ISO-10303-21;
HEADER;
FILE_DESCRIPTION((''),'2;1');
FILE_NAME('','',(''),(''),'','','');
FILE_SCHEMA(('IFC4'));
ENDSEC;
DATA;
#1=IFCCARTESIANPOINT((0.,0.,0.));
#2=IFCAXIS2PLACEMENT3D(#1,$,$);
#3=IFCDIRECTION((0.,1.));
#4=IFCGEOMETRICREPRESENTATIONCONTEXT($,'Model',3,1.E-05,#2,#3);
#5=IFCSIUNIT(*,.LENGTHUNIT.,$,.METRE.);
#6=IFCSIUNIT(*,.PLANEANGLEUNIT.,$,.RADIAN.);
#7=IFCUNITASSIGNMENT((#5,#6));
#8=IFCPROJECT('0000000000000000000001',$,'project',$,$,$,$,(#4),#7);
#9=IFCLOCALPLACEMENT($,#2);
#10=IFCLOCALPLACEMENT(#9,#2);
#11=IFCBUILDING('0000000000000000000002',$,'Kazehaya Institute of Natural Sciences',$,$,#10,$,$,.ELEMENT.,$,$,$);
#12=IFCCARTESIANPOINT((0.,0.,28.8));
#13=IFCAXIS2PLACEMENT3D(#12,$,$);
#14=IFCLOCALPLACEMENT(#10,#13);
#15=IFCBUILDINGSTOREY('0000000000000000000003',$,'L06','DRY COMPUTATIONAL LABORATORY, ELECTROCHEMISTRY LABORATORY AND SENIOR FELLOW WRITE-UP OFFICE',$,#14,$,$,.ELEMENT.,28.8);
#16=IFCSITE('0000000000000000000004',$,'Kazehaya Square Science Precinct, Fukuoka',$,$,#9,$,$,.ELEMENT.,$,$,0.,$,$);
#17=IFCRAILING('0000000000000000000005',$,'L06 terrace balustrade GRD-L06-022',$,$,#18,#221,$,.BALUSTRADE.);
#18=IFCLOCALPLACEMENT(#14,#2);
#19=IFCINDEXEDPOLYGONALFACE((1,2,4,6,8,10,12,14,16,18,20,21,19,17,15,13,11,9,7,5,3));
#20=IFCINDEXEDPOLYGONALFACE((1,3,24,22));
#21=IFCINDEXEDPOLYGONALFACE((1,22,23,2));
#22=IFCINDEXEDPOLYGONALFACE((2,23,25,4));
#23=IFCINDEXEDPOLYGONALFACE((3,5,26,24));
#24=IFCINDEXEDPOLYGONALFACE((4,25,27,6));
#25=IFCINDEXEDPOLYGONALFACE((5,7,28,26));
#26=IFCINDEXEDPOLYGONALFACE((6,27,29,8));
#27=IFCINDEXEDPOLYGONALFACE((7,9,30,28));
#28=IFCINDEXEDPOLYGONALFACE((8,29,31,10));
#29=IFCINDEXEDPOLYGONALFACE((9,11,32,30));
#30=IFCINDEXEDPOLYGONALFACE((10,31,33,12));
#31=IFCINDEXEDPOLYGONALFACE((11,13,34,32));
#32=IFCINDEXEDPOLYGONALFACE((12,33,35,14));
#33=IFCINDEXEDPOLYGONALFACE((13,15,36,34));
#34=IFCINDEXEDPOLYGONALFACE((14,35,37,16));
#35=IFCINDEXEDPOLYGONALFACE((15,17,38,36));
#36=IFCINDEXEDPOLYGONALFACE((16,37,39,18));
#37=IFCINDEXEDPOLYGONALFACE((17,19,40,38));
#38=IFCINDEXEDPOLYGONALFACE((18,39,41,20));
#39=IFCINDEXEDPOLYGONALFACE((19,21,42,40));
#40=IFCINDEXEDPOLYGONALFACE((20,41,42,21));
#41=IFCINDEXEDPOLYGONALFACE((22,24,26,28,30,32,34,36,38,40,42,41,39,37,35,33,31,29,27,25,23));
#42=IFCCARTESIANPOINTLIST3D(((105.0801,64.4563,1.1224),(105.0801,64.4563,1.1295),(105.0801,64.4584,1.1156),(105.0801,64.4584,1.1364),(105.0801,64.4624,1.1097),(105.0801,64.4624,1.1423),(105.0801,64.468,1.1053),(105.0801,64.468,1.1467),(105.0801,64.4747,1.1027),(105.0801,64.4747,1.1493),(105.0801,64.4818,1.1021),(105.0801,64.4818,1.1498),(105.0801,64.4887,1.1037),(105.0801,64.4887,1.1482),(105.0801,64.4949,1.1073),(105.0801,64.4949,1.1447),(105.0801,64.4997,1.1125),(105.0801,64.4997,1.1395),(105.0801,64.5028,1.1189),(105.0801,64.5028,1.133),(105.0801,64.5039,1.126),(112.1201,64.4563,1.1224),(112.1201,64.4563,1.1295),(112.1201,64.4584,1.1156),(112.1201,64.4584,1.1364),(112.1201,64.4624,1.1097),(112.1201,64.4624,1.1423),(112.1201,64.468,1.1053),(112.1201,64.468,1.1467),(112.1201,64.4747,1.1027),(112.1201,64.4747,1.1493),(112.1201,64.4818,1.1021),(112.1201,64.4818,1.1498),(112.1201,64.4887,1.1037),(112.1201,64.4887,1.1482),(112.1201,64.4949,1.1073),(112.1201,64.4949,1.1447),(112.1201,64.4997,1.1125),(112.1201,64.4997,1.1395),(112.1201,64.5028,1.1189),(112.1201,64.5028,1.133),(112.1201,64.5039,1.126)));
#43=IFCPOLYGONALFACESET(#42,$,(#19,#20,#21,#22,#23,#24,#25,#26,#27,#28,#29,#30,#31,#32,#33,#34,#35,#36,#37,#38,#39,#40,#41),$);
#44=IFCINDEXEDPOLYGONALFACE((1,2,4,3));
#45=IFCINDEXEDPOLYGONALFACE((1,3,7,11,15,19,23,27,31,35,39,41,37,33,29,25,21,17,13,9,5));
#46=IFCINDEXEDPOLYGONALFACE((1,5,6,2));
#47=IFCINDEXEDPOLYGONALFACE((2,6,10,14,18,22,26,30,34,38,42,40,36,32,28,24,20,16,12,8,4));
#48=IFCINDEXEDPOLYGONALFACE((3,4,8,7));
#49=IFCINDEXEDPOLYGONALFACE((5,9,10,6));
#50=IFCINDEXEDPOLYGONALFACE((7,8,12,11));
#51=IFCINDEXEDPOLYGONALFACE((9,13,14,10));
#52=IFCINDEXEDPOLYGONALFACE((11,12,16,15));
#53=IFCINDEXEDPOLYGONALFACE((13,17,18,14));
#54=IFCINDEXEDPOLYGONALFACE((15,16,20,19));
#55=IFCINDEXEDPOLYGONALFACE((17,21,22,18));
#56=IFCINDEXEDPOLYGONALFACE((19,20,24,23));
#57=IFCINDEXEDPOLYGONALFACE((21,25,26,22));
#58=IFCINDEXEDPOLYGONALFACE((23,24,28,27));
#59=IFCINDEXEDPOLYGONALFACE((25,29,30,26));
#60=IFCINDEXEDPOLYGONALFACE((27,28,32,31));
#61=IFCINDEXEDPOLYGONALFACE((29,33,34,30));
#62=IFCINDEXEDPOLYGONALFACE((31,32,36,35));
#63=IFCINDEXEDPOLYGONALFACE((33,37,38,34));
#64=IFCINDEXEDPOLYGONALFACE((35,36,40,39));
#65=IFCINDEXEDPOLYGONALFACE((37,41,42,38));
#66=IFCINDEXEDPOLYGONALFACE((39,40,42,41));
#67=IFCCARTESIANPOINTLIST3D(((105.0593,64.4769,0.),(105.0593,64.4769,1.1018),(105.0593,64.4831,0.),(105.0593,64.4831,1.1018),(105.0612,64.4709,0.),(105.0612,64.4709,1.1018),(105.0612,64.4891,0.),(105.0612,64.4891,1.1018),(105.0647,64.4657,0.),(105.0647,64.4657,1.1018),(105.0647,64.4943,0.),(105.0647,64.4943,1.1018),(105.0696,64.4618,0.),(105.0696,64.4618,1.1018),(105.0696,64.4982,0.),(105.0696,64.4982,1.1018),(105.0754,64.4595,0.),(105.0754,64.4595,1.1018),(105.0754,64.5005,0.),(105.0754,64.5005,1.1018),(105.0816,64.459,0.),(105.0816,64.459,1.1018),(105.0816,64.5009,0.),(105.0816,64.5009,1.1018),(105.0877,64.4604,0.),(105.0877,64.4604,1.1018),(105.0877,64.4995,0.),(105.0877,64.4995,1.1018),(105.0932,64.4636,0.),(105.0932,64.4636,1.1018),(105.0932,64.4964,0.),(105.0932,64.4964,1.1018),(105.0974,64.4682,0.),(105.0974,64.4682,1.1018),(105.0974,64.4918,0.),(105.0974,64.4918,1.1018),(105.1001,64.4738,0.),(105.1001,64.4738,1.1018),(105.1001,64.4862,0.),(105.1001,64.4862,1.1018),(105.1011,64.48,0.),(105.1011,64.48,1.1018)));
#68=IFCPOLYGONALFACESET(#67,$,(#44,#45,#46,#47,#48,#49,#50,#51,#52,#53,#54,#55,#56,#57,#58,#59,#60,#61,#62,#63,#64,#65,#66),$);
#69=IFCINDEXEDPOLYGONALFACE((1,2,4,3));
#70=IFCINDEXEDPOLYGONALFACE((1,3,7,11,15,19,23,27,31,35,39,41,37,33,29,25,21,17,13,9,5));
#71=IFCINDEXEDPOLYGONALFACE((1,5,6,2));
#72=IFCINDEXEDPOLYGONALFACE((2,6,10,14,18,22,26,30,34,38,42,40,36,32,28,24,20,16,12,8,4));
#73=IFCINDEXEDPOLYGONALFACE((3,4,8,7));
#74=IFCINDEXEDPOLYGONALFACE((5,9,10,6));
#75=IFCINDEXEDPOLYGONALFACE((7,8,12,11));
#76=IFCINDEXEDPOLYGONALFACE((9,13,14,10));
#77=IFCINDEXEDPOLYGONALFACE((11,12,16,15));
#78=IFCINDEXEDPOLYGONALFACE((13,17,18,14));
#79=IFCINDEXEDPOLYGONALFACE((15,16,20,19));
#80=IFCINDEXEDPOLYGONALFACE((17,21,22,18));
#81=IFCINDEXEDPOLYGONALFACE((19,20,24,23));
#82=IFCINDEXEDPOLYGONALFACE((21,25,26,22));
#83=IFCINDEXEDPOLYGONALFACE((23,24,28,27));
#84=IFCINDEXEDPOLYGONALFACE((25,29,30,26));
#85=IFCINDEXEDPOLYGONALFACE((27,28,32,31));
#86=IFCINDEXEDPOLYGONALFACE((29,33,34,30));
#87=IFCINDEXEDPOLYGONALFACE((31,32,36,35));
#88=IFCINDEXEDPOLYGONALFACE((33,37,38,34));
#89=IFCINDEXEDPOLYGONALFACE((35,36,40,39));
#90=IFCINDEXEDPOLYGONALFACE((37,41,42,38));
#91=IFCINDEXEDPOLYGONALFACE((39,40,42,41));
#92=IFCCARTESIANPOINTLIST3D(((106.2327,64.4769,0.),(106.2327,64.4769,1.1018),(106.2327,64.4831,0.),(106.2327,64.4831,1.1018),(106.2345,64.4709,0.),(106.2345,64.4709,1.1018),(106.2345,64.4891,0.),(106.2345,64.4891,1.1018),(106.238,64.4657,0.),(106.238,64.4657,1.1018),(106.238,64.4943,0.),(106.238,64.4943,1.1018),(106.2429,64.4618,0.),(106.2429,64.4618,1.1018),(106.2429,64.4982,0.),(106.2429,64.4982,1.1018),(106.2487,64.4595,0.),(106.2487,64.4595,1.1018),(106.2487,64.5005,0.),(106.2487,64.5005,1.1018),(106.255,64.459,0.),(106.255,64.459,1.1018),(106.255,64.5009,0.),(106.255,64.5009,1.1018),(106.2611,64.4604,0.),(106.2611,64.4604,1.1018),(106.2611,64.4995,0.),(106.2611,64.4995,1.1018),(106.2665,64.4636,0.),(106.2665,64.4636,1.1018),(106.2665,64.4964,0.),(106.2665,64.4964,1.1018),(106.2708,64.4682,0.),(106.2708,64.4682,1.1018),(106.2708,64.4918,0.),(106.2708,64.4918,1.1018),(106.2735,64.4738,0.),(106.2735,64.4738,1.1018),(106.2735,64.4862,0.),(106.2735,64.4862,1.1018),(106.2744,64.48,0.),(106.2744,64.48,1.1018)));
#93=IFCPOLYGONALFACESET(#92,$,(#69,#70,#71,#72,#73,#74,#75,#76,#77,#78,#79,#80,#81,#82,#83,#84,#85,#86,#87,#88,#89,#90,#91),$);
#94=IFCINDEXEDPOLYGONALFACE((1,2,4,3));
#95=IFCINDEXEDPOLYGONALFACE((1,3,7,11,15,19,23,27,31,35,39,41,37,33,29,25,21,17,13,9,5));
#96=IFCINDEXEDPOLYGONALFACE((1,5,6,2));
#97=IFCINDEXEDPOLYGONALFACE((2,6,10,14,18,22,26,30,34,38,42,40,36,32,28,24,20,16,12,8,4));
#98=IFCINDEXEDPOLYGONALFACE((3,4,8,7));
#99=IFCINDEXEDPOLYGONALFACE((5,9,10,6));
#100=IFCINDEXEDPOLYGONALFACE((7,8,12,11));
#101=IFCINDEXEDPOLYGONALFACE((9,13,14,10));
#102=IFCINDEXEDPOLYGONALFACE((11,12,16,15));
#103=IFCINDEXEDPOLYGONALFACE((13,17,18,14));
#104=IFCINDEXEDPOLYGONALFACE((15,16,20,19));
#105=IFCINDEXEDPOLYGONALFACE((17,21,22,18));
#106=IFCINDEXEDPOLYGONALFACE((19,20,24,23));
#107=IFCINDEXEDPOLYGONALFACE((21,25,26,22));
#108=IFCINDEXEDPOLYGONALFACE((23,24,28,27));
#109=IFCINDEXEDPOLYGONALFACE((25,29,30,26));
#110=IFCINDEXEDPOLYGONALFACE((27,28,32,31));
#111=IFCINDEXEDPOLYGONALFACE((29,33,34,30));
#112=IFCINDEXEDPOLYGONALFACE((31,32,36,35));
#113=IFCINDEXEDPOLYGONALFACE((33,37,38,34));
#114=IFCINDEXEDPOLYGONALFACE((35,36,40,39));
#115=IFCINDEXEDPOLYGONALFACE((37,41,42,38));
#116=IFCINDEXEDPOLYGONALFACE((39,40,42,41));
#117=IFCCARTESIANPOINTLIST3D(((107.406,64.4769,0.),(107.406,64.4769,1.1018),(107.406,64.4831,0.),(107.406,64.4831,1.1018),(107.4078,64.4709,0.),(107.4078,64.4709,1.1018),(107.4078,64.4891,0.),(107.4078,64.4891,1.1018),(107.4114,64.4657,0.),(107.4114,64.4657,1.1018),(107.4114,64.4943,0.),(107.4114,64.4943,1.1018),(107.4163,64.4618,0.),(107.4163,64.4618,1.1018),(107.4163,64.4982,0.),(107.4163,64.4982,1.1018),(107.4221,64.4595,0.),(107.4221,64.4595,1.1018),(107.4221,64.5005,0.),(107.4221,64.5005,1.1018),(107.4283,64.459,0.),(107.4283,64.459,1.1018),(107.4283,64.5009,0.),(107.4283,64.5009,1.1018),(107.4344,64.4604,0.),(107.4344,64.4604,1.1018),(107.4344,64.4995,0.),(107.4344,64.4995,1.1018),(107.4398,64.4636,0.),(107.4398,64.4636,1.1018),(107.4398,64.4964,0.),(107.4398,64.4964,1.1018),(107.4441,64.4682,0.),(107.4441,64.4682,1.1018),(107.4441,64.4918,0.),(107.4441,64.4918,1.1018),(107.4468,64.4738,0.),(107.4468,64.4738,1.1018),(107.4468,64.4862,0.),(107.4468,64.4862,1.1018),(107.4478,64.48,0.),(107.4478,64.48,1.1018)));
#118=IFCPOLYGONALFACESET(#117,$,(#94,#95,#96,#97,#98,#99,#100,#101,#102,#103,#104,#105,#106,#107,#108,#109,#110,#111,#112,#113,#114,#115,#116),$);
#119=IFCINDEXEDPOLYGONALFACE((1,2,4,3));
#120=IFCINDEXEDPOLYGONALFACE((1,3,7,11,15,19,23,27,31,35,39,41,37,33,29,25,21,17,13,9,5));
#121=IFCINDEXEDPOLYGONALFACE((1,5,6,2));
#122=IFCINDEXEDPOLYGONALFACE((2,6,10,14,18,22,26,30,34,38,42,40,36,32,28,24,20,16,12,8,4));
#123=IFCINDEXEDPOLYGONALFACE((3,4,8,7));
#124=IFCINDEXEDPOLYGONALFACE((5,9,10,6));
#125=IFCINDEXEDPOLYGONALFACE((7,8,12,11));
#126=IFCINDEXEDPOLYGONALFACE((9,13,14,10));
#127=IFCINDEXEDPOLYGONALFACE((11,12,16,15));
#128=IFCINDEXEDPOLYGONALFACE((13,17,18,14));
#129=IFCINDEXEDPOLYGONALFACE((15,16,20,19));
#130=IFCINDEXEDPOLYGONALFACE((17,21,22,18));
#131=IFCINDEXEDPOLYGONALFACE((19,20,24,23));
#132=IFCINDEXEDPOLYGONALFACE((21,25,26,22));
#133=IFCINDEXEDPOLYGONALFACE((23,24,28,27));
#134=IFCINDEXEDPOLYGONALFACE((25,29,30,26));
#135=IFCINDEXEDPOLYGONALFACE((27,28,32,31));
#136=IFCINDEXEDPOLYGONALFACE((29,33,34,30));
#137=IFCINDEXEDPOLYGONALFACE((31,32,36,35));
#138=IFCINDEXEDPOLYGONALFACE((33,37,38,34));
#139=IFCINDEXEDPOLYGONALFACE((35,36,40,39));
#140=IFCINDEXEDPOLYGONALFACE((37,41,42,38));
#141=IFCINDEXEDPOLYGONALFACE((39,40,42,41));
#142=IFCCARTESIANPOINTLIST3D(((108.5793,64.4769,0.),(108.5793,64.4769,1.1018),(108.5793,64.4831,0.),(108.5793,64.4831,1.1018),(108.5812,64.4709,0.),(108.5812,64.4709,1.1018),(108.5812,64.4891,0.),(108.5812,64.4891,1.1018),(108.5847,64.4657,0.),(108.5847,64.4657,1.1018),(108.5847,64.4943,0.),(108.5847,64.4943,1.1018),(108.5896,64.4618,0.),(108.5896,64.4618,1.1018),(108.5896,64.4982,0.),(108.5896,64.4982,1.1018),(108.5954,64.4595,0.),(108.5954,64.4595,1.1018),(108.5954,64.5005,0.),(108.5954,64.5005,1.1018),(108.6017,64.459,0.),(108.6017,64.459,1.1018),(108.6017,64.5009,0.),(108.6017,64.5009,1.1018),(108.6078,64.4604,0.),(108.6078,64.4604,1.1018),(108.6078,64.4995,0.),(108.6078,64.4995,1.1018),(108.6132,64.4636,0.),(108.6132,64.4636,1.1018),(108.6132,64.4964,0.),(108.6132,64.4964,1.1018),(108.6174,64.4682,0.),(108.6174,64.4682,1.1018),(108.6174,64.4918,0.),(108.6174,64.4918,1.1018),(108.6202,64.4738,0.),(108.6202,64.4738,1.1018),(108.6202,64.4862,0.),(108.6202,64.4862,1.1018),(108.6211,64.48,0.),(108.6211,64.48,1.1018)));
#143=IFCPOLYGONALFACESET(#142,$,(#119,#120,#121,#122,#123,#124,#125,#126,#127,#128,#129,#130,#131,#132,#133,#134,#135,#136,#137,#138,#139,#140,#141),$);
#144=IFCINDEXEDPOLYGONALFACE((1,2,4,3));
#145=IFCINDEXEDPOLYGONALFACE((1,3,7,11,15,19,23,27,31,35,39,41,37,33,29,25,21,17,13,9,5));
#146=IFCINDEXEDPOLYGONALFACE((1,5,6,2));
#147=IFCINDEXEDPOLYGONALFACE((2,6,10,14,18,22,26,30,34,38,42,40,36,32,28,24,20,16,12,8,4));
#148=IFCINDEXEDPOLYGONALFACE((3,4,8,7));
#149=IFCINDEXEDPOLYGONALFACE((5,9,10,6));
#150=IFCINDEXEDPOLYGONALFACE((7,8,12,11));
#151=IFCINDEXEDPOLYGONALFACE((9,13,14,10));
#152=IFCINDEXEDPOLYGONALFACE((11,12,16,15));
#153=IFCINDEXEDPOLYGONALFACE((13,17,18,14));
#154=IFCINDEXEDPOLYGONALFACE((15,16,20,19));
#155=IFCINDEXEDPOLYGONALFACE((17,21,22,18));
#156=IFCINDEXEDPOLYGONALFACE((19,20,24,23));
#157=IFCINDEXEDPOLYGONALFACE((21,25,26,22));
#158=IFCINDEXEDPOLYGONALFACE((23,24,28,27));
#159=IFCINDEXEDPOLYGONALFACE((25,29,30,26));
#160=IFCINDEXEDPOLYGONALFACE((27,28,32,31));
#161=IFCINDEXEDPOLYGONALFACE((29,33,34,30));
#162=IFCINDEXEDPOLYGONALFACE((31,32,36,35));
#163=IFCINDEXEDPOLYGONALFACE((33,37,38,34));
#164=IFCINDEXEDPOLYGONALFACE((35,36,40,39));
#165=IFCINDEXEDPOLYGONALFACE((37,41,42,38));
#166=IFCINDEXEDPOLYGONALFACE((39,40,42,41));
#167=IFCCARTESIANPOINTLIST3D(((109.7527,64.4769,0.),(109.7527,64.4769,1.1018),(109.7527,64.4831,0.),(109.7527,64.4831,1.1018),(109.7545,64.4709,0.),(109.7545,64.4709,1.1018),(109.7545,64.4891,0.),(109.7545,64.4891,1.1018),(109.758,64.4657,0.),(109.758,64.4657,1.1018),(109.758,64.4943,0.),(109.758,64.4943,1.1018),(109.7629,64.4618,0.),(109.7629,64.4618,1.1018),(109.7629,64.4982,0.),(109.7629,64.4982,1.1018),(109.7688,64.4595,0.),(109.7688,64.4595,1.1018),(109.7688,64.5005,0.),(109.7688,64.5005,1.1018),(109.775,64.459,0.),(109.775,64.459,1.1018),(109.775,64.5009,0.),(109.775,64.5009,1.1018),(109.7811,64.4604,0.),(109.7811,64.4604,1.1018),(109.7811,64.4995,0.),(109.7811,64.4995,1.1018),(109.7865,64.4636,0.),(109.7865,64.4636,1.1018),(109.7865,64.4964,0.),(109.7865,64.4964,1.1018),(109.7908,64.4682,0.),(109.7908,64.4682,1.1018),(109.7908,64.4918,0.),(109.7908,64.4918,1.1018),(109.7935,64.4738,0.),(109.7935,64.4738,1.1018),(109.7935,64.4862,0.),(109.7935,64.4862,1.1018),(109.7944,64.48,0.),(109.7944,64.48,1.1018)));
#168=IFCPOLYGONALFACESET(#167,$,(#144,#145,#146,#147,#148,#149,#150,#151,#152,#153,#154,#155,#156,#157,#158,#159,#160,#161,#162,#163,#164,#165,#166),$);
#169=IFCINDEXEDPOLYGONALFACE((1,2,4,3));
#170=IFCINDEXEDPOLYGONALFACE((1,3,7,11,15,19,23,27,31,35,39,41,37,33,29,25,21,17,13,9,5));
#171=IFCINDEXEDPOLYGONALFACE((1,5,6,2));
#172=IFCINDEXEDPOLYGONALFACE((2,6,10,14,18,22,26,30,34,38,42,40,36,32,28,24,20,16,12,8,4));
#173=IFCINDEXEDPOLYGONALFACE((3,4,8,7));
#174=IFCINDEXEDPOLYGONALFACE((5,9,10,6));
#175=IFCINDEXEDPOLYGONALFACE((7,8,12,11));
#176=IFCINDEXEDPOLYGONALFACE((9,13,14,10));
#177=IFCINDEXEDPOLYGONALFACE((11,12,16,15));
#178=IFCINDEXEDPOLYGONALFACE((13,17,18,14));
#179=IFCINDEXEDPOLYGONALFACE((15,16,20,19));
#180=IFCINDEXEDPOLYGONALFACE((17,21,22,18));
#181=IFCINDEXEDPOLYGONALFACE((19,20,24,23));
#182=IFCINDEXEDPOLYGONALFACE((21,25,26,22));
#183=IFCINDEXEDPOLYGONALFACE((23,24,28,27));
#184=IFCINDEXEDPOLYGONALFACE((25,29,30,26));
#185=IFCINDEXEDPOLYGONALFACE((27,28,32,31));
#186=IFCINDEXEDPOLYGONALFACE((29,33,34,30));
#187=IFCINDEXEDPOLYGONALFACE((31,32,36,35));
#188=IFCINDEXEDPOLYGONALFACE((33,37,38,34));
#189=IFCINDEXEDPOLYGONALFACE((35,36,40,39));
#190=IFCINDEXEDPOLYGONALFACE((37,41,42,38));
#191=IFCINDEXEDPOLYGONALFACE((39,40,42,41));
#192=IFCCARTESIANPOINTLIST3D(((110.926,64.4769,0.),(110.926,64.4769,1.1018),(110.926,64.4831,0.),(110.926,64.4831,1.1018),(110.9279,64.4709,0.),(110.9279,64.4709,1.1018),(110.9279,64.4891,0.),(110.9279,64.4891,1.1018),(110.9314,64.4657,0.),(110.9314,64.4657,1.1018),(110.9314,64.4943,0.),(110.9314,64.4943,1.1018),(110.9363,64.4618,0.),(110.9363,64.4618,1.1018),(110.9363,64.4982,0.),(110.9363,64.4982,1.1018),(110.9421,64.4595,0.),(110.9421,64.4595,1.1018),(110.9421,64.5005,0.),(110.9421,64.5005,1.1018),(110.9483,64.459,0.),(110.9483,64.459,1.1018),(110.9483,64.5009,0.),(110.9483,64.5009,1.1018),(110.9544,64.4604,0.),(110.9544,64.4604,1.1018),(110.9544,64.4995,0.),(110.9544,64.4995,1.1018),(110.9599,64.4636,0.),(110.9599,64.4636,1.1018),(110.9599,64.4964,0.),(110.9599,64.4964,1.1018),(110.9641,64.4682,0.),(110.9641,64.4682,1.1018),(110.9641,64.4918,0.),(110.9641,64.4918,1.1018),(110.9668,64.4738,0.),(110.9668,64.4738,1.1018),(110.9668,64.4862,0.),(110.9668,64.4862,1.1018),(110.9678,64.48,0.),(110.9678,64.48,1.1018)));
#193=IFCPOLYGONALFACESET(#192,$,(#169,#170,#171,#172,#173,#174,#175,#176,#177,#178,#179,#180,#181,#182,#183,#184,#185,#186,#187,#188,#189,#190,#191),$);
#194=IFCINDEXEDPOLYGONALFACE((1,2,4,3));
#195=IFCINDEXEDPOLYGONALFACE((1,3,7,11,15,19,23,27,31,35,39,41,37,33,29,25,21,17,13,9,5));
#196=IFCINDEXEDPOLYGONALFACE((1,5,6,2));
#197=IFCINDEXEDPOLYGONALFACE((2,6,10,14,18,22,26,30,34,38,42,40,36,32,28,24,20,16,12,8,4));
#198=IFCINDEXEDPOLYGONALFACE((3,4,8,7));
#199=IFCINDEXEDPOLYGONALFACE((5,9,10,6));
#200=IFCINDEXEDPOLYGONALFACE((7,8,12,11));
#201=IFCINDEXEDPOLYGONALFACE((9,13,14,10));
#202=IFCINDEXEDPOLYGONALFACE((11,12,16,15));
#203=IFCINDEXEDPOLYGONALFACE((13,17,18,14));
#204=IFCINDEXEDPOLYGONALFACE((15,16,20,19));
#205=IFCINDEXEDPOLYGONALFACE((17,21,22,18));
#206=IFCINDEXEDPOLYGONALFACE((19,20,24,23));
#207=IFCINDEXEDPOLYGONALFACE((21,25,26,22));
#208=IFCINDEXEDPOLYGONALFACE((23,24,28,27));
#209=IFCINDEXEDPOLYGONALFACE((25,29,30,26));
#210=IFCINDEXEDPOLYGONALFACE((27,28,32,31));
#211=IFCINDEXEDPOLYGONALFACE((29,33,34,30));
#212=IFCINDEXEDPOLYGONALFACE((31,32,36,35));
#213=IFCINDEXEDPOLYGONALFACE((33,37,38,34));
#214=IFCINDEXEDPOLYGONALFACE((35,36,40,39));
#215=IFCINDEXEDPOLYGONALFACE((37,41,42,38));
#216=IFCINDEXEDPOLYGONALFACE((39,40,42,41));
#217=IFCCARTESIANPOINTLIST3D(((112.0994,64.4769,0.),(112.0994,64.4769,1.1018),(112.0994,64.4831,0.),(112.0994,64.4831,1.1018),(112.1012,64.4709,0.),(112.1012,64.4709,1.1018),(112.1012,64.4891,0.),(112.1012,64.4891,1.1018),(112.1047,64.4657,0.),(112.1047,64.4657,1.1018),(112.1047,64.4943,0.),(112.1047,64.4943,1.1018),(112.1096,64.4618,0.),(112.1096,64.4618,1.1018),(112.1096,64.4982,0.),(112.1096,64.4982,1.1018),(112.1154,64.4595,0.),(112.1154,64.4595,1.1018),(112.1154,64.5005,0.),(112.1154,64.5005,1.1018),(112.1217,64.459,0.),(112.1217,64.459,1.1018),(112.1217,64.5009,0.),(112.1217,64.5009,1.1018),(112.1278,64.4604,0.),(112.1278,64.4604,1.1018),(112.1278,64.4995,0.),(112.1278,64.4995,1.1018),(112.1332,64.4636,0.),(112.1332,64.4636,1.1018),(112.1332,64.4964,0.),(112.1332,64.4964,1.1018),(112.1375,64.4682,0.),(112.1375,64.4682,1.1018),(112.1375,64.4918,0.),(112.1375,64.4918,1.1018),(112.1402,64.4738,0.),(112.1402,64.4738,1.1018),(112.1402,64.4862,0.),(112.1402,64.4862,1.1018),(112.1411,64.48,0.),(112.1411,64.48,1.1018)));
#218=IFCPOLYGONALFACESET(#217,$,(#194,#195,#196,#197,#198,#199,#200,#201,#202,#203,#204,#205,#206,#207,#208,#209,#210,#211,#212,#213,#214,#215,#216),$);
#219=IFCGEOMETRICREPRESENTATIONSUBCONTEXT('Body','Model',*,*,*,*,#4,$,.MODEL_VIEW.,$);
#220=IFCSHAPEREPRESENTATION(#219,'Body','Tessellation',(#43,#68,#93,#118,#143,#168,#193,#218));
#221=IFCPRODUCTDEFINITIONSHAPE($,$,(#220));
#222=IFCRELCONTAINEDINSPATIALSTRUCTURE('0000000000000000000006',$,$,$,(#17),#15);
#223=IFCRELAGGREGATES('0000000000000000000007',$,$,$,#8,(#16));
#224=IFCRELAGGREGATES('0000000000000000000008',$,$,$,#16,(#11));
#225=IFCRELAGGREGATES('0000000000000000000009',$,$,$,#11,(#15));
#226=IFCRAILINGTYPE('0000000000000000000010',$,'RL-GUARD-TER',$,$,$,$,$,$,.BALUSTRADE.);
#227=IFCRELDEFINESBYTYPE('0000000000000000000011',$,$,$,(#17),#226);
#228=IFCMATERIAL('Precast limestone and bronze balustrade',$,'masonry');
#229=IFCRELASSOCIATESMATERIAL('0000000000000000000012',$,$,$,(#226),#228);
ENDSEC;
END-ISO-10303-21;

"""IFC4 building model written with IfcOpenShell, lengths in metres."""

from ifc_helpers import new_model, si_unit, direction, frame, origin, origin_2d, place, context, subcontext, project, spatial, circle, extrude, material, type_object, element, save


model = new_model("IFC4")

# Units and contexts
model_context = context("Model", 3, precision=1e-05, world=origin(), true_north=direction((0.0, 1.0)))
body_context = subcontext(model_context, "Body", "Model", "MODEL_VIEW")
ifc_project = project(units=[si_unit("LENGTHUNIT", "METRE"), si_unit("PLANEANGLEUNIT", "RADIAN")], contexts=[model_context])

# Site, building, storey
site_placement = place(None, origin())
site = spatial("IfcSite", under=ifc_project, at=site_placement, Name="Kazehaya Square Science Precinct, Fukuoka", CompositionType="ELEMENT", RefElevation=0.0)
building_placement = place(site_placement, origin())
building = spatial("IfcBuilding", under=site, at=building_placement, Name="Kazehaya Institute of Natural Sciences", CompositionType="ELEMENT")
storey_placement = place(building_placement, frame((0.0, 0.0, 28.8)))
storey = spatial("IfcBuildingStorey", under=building, at=storey_placement, Name="L06", Description="DRY COMPUTATIONAL LABORATORY, ELECTROCHEMISTRY LABORATORY AND SENIOR FELLOW WRITE-UP OFFICE", CompositionType="ELEMENT", Elevation=28.8)

# Railing
ifc_material_1 = material(Name="Precast limestone and bronze balustrade", Category="masonry")
railing_type = type_object("IfcRailingType", Name="RL-GUARD-TER", PredefinedType="BALUSTRADE", material=ifc_material_1)
railing_1_placement = place(storey_placement, frame((105.0801, 64.48, 0.0)))
element("IfcRailing", 1, at=railing_1_placement, inside=storey, type_object=railing_type, Name="L06 terrace balustrade GRD-L06-022", PredefinedType="BALUSTRADE", context=body_context, shape_type="SweptSolid", body=[
    extrude(circle(Radius=0.0239, at=origin_2d()), frame((0.0, 0.0, 1.126), z_axis=(1.0, 0.0, 0.0), x_axis=(0.0, 1.0, 0.0)), (0.0, 0.0, 1.0), 7.04),
    extrude(circle(Radius=0.021, at=origin_2d()), origin(), (0.0, 0.0, 1.0), 1.1018),
    extrude(circle(Radius=0.021, at=origin_2d()), frame((1.1733, 0.0, 0.0)), (0.0, 0.0, 1.0), 1.1018),
    extrude(circle(Radius=0.021, at=origin_2d()), frame((2.3467, 0.0, 0.0)), (0.0, 0.0, 1.0), 1.1018),
    extrude(circle(Radius=0.021, at=origin_2d()), frame((3.52, 0.0, 0.0)), (0.0, 0.0, 1.0), 1.1018),
    extrude(circle(Radius=0.021, at=origin_2d()), frame((4.6934, 0.0, 0.0)), (0.0, 0.0, 1.0), 1.1018),
    extrude(circle(Radius=0.021, at=origin_2d()), frame((5.8667, 0.0, 0.0)), (0.0, 0.0, 1.0), 1.1018),
    extrude(circle(Radius=0.021, at=origin_2d()), frame((7.04, 0.0, 0.0)), (0.0, 0.0, 1.0), 1.1018),
])

save(model, "model.ifc")
